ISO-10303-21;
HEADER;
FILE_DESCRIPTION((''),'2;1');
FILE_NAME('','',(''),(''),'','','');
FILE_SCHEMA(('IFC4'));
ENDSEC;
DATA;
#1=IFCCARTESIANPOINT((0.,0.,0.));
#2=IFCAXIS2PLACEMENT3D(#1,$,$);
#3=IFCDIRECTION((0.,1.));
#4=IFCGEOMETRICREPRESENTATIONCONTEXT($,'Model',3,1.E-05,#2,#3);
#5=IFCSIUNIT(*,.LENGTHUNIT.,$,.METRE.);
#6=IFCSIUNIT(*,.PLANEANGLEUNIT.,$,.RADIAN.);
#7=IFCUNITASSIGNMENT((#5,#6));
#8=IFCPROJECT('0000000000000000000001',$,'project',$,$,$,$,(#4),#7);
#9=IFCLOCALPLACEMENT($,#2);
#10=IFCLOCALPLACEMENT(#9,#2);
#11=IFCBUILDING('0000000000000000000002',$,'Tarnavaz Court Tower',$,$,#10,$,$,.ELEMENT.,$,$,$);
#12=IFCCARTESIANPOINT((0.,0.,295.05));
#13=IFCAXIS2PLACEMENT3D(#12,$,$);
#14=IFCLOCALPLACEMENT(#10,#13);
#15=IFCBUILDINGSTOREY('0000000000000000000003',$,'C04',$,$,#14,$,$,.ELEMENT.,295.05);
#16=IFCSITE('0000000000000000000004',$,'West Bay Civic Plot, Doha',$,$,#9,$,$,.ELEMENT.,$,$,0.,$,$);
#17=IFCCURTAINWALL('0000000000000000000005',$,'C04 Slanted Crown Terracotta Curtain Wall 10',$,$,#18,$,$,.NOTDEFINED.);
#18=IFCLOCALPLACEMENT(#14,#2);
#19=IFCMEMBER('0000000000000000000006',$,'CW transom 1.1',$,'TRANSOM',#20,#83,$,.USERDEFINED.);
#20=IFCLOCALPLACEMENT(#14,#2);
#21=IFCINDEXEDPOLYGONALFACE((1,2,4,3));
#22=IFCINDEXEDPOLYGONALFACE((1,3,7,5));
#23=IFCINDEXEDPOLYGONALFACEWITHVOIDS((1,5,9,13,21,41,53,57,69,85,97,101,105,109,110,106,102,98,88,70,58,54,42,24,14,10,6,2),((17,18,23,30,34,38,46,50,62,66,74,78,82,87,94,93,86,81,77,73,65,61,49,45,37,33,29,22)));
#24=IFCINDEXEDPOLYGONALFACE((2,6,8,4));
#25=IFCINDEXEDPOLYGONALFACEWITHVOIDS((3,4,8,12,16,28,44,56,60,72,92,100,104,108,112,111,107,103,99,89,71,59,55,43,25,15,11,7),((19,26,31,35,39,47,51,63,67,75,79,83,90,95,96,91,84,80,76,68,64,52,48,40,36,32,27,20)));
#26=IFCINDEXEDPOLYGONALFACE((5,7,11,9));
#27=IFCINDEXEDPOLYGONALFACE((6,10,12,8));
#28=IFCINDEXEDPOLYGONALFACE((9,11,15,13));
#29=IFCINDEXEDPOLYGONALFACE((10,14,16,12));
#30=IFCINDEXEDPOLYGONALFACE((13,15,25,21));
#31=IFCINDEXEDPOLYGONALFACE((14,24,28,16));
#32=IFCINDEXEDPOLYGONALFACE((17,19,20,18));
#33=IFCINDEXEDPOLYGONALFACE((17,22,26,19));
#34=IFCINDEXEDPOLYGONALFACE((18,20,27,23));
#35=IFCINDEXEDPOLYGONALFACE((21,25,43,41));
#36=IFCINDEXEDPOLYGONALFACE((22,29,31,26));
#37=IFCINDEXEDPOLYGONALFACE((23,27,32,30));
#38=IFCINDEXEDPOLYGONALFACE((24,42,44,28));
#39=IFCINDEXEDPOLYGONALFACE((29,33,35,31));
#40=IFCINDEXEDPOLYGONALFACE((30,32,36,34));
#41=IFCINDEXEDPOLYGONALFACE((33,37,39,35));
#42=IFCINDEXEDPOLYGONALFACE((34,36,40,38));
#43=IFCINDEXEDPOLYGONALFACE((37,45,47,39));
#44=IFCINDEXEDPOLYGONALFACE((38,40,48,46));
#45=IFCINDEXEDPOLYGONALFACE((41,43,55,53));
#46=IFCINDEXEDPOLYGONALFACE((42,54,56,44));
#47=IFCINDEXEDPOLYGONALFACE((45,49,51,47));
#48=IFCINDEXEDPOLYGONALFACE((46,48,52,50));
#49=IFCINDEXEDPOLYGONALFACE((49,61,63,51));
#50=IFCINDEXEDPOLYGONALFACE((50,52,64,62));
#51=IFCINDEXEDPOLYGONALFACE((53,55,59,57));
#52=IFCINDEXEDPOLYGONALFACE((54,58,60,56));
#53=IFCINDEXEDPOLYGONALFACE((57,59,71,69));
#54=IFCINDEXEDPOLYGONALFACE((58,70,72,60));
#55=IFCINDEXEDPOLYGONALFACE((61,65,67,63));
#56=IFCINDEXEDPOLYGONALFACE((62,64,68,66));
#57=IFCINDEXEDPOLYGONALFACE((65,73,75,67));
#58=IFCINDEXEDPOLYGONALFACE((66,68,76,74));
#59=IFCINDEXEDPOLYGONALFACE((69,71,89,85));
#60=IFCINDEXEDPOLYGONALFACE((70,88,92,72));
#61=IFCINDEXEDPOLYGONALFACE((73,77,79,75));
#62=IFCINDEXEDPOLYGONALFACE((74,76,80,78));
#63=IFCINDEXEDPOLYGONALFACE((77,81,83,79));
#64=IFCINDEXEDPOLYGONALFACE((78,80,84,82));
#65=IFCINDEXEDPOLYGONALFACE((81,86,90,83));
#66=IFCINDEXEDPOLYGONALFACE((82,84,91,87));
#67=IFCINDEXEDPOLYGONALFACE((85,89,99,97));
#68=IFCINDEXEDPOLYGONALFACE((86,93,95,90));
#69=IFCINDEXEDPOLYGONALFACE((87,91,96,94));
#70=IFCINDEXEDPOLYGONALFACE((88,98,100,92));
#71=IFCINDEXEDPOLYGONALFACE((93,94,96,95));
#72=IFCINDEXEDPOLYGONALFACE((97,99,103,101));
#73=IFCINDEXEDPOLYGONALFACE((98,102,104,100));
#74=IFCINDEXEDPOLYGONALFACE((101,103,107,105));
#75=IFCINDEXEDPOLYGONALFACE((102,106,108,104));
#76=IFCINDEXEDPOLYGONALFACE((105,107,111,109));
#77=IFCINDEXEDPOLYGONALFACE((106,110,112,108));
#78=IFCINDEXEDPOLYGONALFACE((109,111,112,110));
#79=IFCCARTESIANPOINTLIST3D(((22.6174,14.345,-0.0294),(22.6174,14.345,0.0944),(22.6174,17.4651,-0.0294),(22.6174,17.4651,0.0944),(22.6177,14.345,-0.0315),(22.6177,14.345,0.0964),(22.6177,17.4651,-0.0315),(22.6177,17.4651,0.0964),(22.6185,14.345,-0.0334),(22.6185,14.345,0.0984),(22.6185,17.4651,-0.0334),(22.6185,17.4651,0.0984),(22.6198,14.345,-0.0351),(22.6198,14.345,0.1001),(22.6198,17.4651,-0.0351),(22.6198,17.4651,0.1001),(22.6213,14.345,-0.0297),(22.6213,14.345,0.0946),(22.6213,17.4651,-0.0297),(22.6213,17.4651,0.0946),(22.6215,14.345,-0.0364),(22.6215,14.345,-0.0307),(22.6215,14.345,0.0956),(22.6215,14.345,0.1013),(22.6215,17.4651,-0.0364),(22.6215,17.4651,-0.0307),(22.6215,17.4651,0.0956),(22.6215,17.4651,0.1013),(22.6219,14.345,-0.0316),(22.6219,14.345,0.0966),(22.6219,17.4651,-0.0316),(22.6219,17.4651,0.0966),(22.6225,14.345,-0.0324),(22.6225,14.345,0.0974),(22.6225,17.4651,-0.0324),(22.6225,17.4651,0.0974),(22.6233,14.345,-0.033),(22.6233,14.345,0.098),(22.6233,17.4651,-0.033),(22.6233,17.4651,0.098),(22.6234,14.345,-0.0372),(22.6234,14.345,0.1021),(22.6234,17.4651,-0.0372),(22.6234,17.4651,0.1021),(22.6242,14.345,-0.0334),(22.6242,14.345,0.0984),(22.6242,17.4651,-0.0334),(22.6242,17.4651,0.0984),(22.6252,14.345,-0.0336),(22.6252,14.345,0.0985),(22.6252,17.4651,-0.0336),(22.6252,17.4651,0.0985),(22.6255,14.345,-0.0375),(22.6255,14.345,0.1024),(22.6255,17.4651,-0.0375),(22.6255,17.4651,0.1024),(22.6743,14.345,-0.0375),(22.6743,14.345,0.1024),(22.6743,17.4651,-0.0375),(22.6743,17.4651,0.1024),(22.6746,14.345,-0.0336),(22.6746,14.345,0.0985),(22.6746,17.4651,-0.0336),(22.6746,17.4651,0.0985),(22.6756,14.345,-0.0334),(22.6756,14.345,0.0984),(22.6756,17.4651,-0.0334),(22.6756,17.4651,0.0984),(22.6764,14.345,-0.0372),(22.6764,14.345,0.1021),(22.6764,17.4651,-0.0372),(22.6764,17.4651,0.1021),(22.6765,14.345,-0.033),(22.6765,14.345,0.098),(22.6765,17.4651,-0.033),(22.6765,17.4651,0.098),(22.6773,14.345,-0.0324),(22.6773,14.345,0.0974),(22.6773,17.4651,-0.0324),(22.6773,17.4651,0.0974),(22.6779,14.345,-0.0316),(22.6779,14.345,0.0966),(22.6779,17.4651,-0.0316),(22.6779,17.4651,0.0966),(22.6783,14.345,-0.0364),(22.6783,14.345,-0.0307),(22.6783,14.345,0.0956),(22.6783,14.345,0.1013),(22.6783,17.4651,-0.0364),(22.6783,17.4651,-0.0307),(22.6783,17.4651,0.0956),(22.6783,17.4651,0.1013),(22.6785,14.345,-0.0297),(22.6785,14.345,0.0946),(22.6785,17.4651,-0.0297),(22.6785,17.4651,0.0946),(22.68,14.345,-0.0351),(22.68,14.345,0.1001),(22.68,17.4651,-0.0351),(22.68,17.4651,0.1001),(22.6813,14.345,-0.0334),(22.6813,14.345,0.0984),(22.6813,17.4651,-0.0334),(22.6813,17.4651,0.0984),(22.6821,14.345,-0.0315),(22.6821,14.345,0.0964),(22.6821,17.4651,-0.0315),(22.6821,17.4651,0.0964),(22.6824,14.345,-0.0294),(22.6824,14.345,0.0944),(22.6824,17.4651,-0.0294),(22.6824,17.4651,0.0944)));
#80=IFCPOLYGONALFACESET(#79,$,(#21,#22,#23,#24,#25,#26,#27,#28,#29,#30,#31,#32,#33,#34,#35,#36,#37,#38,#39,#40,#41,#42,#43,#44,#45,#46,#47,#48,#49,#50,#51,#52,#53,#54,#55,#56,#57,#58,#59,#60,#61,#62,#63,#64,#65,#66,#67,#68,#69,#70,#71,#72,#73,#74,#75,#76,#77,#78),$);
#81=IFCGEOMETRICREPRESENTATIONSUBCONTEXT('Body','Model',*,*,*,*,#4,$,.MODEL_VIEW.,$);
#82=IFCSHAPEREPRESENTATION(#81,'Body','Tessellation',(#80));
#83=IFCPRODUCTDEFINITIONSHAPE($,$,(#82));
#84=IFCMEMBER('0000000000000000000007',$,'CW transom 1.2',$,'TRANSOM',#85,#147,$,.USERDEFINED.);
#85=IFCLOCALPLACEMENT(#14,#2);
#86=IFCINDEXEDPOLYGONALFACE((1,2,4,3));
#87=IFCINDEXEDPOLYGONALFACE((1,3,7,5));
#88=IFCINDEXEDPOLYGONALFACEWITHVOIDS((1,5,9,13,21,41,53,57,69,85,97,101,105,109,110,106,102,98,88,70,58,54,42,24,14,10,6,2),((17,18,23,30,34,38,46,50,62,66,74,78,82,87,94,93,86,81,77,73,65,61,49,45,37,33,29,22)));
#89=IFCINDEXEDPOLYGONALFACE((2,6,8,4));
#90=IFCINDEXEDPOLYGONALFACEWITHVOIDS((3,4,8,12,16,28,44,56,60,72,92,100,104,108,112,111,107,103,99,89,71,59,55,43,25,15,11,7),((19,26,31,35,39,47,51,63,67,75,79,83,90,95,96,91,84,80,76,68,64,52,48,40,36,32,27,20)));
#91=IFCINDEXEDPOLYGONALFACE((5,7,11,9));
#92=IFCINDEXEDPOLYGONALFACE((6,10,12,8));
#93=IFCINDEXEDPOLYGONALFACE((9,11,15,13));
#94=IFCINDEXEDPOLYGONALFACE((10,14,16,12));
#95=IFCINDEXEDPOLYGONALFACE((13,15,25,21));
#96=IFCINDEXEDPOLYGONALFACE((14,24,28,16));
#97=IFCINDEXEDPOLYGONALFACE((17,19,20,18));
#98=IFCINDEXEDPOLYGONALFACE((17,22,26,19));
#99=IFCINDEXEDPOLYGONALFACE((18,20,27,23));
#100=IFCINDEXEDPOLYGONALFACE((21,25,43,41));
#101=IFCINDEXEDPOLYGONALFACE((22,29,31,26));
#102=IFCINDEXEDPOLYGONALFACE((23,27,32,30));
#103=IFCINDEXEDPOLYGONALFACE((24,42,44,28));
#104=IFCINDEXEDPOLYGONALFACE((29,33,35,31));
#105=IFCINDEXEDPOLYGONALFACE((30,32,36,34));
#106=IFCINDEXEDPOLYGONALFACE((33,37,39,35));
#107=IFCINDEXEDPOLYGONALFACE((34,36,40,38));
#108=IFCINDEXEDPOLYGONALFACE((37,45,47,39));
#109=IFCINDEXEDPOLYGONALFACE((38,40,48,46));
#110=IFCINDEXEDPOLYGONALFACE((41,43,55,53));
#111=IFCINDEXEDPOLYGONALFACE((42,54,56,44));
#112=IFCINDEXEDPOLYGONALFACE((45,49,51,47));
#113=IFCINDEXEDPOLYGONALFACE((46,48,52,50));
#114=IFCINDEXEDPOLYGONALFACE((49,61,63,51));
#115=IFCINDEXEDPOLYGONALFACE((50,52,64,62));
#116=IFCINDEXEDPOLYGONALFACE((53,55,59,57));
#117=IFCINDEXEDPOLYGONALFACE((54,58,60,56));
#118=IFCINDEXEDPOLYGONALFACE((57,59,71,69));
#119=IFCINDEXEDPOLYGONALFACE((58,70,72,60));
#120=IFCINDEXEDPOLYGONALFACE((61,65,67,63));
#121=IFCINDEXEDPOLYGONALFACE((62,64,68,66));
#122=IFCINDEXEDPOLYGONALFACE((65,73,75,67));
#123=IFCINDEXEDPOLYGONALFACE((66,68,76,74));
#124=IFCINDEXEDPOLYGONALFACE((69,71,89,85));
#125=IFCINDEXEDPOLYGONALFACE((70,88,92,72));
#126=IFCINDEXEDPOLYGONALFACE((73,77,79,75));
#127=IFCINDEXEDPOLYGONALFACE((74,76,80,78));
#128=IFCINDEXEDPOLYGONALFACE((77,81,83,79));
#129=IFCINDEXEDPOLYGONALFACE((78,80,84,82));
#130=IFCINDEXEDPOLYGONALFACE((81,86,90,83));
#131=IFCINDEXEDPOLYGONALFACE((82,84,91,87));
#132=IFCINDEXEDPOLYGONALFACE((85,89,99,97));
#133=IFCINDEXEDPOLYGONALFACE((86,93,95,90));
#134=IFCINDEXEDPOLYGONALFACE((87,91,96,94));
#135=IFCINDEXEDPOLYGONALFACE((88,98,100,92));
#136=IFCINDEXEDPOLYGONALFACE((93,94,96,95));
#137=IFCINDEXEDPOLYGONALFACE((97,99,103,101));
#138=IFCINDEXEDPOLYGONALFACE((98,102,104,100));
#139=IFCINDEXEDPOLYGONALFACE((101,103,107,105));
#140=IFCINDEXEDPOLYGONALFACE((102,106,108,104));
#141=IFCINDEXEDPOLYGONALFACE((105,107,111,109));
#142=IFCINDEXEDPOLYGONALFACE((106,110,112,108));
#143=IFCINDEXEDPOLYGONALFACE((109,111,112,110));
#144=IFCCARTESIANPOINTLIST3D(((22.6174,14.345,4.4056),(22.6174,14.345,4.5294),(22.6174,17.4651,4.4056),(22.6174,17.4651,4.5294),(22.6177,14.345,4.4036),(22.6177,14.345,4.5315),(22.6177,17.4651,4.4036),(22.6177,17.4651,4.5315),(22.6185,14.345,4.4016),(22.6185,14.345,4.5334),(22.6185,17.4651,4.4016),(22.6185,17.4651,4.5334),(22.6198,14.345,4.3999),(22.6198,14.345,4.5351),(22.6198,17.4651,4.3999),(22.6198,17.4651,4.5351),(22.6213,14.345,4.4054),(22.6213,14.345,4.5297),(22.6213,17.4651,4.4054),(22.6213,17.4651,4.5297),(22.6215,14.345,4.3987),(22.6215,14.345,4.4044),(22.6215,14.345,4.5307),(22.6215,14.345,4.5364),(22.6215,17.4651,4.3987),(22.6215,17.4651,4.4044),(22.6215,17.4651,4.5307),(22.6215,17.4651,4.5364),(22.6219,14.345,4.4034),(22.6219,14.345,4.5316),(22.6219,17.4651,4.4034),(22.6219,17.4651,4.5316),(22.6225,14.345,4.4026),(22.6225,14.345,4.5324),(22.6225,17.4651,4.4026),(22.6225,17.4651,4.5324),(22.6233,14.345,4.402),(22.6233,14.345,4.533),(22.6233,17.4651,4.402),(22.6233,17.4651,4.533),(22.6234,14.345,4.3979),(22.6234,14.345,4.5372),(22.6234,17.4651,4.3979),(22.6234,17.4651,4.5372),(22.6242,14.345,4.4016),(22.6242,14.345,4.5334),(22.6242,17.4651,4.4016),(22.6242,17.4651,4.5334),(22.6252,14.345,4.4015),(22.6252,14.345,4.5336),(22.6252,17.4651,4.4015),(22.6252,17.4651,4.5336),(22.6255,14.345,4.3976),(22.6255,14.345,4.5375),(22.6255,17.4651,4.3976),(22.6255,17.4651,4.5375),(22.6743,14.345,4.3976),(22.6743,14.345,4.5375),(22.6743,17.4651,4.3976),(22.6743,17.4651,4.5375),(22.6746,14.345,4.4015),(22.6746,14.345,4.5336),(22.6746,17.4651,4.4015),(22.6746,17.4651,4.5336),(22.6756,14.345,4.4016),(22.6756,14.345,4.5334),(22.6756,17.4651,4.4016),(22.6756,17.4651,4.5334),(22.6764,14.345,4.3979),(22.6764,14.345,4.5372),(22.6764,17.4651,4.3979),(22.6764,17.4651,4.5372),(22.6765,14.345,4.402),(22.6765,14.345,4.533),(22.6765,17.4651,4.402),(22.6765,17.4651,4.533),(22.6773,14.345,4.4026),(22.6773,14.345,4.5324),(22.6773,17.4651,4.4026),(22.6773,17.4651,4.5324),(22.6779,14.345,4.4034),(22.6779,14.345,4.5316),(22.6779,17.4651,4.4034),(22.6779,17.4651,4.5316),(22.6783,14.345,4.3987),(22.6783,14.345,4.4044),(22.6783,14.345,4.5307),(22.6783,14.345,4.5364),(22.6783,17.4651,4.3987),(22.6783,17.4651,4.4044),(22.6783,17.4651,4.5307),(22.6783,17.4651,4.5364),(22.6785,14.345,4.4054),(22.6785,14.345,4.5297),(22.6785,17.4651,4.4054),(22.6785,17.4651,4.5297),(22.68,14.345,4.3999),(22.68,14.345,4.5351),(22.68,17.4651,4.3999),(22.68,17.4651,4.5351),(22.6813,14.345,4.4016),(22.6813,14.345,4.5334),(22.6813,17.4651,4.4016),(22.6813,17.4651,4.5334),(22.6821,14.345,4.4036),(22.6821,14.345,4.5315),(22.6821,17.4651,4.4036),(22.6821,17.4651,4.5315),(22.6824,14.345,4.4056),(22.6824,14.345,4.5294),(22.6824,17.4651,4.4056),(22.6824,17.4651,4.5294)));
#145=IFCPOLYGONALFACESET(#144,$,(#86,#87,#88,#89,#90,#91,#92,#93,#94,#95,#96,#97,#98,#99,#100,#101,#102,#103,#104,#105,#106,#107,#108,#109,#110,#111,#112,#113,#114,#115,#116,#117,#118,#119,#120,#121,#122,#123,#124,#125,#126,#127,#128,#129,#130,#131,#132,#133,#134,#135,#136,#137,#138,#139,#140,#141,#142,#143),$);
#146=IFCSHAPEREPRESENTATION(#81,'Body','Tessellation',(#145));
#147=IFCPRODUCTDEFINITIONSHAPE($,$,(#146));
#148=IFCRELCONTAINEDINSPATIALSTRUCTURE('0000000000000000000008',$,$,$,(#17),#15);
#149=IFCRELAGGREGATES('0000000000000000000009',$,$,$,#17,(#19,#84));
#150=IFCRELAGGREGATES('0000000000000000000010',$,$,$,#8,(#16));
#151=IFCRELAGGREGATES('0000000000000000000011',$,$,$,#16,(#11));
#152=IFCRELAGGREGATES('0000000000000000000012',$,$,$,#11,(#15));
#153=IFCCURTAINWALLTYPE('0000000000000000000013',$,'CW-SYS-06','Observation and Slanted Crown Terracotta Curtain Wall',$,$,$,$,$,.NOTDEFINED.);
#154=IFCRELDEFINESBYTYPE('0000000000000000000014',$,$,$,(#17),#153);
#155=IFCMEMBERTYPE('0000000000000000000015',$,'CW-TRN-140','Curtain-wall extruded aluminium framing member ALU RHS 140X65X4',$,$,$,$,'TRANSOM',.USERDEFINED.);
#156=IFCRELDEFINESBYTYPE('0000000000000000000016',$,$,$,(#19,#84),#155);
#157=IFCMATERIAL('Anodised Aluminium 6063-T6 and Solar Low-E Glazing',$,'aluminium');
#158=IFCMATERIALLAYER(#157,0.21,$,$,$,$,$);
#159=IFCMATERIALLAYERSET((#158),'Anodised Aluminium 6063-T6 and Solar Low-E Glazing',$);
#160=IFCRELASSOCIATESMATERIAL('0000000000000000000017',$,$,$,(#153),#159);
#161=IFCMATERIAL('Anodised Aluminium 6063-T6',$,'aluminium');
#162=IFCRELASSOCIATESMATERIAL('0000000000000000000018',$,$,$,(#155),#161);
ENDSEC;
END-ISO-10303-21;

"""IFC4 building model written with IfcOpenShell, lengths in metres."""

from ifc_helpers import new_model, si_unit, direction, frame, origin, origin_2d, place, context, subcontext, project, spatial, hollow_rectangle, extrude, material, layer, layer_set, material_profile, profile_set, type_object, element, aggregate, save


model = new_model("IFC4")

# Units and contexts
model_context = context("Model", 3, precision=1e-05, world=origin(), true_north=direction((0.0, 1.0)))
body_context = subcontext(model_context, "Body", "Model", "MODEL_VIEW")
ifc_project = project(units=[si_unit("LENGTHUNIT", "METRE"), si_unit("PLANEANGLEUNIT", "RADIAN")], contexts=[model_context])

# Site, building, storey
site_placement = place(None, origin())
site = spatial("IfcSite", under=ifc_project, at=site_placement, Name="West Bay Civic Plot, Doha", CompositionType="ELEMENT", RefElevation=0.0)
building_placement = place(site_placement, origin())
building = spatial("IfcBuilding", under=site, at=building_placement, Name="Tarnavaz Court Tower", CompositionType="ELEMENT")
storey_placement = place(building_placement, frame((0.0, 0.0, 295.05)))
storey = spatial("IfcBuildingStorey", under=building, at=storey_placement, Name="C04", CompositionType="ELEMENT", Elevation=295.05)

# Shared definitions
ifc_material_1 = material(Name="Anodised Aluminium 6063-T6 and Solar Low-E Glazing", Category="aluminium")
ifc_layer_1 = layer(ifc_material_1, 0.21)
ifc_layer_set_1 = layer_set([ifc_layer_1], Name="Anodised Aluminium 6063-T6 and Solar Low-E Glazing")
curtain_wall_type = type_object("IfcCurtainWallType", Name="CW-SYS-06", Description="Observation and Slanted Crown Terracotta Curtain Wall", PredefinedType="NOTDEFINED", material=ifc_layer_set_1)
ifc_material_2 = material(Name="Anodised Aluminium 6063-T6", Category="aluminium")

# Curtain wall
curtain_wall_1_placement = place(storey_placement, origin())
curtain_wall_1 = element("IfcCurtainWall", 1, at=curtain_wall_1_placement, inside=storey, type_object=curtain_wall_type, Name="C04 Slanted Crown Terracotta Curtain Wall 10", PredefinedType="NOTDEFINED")

# Members
ifc_material_profile_1 = material_profile(ifc_material_2, hollow_rectangle(XDim=0.0649, YDim=0.1399, WallThickness=0.0039, InnerFilletRadius=0.0039, OuterFilletRadius=0.0081, at=origin_2d()), Name="ALU RHS 140X65X4")
ifc_profile_set_1 = profile_set([ifc_material_profile_1], Name="Anodised Aluminium 6063-T6")
member_type_1 = type_object("IfcMemberType", Name="CW-TRN-140", Description="Curtain-wall extruded aluminium framing member ALU RHS 140X65X4", ElementType="TRANSOM", PredefinedType="USERDEFINED", material=ifc_profile_set_1)
member_1_placement = place(storey_placement, frame((22.6499, 17.4651, 0.0325), z_axis=(0.0, -1.0, 0.0), x_axis=(1.0, 0.0, 0.0)))
member_1 = element("IfcMember", 2, at=member_1_placement, type_object=member_type_1, Name="CW transom 1.1", ObjectType="TRANSOM", PredefinedType="USERDEFINED", context=body_context, shape_type="SweptSolid", body=[
    extrude(hollow_rectangle(XDim=0.0649, YDim=0.1399, WallThickness=0.0039, InnerFilletRadius=0.0039, OuterFilletRadius=0.0081, at=origin_2d()), origin(), (0.0, 0.0, 1.0), 3.1201),
])
member_2_placement = place(storey_placement, frame((22.6499, 17.4651, 4.4675), z_axis=(0.0, -1.0, 0.0), x_axis=(1.0, 0.0, 0.0)))
member_2 = element("IfcMember", 3, at=member_2_placement, type_object=member_type_1, Name="CW transom 1.2", ObjectType="TRANSOM", PredefinedType="USERDEFINED", context=body_context, shape_type="SweptSolid", body=[
    extrude(hollow_rectangle(XDim=0.0649, YDim=0.1399, WallThickness=0.0039, InnerFilletRadius=0.0039, OuterFilletRadius=0.0081, at=origin_2d()), origin(), (0.0, 0.0, 1.0), 3.1201),
])

aggregate(curtain_wall_1, [member_1, member_2])

save(model, "model.ifc")
